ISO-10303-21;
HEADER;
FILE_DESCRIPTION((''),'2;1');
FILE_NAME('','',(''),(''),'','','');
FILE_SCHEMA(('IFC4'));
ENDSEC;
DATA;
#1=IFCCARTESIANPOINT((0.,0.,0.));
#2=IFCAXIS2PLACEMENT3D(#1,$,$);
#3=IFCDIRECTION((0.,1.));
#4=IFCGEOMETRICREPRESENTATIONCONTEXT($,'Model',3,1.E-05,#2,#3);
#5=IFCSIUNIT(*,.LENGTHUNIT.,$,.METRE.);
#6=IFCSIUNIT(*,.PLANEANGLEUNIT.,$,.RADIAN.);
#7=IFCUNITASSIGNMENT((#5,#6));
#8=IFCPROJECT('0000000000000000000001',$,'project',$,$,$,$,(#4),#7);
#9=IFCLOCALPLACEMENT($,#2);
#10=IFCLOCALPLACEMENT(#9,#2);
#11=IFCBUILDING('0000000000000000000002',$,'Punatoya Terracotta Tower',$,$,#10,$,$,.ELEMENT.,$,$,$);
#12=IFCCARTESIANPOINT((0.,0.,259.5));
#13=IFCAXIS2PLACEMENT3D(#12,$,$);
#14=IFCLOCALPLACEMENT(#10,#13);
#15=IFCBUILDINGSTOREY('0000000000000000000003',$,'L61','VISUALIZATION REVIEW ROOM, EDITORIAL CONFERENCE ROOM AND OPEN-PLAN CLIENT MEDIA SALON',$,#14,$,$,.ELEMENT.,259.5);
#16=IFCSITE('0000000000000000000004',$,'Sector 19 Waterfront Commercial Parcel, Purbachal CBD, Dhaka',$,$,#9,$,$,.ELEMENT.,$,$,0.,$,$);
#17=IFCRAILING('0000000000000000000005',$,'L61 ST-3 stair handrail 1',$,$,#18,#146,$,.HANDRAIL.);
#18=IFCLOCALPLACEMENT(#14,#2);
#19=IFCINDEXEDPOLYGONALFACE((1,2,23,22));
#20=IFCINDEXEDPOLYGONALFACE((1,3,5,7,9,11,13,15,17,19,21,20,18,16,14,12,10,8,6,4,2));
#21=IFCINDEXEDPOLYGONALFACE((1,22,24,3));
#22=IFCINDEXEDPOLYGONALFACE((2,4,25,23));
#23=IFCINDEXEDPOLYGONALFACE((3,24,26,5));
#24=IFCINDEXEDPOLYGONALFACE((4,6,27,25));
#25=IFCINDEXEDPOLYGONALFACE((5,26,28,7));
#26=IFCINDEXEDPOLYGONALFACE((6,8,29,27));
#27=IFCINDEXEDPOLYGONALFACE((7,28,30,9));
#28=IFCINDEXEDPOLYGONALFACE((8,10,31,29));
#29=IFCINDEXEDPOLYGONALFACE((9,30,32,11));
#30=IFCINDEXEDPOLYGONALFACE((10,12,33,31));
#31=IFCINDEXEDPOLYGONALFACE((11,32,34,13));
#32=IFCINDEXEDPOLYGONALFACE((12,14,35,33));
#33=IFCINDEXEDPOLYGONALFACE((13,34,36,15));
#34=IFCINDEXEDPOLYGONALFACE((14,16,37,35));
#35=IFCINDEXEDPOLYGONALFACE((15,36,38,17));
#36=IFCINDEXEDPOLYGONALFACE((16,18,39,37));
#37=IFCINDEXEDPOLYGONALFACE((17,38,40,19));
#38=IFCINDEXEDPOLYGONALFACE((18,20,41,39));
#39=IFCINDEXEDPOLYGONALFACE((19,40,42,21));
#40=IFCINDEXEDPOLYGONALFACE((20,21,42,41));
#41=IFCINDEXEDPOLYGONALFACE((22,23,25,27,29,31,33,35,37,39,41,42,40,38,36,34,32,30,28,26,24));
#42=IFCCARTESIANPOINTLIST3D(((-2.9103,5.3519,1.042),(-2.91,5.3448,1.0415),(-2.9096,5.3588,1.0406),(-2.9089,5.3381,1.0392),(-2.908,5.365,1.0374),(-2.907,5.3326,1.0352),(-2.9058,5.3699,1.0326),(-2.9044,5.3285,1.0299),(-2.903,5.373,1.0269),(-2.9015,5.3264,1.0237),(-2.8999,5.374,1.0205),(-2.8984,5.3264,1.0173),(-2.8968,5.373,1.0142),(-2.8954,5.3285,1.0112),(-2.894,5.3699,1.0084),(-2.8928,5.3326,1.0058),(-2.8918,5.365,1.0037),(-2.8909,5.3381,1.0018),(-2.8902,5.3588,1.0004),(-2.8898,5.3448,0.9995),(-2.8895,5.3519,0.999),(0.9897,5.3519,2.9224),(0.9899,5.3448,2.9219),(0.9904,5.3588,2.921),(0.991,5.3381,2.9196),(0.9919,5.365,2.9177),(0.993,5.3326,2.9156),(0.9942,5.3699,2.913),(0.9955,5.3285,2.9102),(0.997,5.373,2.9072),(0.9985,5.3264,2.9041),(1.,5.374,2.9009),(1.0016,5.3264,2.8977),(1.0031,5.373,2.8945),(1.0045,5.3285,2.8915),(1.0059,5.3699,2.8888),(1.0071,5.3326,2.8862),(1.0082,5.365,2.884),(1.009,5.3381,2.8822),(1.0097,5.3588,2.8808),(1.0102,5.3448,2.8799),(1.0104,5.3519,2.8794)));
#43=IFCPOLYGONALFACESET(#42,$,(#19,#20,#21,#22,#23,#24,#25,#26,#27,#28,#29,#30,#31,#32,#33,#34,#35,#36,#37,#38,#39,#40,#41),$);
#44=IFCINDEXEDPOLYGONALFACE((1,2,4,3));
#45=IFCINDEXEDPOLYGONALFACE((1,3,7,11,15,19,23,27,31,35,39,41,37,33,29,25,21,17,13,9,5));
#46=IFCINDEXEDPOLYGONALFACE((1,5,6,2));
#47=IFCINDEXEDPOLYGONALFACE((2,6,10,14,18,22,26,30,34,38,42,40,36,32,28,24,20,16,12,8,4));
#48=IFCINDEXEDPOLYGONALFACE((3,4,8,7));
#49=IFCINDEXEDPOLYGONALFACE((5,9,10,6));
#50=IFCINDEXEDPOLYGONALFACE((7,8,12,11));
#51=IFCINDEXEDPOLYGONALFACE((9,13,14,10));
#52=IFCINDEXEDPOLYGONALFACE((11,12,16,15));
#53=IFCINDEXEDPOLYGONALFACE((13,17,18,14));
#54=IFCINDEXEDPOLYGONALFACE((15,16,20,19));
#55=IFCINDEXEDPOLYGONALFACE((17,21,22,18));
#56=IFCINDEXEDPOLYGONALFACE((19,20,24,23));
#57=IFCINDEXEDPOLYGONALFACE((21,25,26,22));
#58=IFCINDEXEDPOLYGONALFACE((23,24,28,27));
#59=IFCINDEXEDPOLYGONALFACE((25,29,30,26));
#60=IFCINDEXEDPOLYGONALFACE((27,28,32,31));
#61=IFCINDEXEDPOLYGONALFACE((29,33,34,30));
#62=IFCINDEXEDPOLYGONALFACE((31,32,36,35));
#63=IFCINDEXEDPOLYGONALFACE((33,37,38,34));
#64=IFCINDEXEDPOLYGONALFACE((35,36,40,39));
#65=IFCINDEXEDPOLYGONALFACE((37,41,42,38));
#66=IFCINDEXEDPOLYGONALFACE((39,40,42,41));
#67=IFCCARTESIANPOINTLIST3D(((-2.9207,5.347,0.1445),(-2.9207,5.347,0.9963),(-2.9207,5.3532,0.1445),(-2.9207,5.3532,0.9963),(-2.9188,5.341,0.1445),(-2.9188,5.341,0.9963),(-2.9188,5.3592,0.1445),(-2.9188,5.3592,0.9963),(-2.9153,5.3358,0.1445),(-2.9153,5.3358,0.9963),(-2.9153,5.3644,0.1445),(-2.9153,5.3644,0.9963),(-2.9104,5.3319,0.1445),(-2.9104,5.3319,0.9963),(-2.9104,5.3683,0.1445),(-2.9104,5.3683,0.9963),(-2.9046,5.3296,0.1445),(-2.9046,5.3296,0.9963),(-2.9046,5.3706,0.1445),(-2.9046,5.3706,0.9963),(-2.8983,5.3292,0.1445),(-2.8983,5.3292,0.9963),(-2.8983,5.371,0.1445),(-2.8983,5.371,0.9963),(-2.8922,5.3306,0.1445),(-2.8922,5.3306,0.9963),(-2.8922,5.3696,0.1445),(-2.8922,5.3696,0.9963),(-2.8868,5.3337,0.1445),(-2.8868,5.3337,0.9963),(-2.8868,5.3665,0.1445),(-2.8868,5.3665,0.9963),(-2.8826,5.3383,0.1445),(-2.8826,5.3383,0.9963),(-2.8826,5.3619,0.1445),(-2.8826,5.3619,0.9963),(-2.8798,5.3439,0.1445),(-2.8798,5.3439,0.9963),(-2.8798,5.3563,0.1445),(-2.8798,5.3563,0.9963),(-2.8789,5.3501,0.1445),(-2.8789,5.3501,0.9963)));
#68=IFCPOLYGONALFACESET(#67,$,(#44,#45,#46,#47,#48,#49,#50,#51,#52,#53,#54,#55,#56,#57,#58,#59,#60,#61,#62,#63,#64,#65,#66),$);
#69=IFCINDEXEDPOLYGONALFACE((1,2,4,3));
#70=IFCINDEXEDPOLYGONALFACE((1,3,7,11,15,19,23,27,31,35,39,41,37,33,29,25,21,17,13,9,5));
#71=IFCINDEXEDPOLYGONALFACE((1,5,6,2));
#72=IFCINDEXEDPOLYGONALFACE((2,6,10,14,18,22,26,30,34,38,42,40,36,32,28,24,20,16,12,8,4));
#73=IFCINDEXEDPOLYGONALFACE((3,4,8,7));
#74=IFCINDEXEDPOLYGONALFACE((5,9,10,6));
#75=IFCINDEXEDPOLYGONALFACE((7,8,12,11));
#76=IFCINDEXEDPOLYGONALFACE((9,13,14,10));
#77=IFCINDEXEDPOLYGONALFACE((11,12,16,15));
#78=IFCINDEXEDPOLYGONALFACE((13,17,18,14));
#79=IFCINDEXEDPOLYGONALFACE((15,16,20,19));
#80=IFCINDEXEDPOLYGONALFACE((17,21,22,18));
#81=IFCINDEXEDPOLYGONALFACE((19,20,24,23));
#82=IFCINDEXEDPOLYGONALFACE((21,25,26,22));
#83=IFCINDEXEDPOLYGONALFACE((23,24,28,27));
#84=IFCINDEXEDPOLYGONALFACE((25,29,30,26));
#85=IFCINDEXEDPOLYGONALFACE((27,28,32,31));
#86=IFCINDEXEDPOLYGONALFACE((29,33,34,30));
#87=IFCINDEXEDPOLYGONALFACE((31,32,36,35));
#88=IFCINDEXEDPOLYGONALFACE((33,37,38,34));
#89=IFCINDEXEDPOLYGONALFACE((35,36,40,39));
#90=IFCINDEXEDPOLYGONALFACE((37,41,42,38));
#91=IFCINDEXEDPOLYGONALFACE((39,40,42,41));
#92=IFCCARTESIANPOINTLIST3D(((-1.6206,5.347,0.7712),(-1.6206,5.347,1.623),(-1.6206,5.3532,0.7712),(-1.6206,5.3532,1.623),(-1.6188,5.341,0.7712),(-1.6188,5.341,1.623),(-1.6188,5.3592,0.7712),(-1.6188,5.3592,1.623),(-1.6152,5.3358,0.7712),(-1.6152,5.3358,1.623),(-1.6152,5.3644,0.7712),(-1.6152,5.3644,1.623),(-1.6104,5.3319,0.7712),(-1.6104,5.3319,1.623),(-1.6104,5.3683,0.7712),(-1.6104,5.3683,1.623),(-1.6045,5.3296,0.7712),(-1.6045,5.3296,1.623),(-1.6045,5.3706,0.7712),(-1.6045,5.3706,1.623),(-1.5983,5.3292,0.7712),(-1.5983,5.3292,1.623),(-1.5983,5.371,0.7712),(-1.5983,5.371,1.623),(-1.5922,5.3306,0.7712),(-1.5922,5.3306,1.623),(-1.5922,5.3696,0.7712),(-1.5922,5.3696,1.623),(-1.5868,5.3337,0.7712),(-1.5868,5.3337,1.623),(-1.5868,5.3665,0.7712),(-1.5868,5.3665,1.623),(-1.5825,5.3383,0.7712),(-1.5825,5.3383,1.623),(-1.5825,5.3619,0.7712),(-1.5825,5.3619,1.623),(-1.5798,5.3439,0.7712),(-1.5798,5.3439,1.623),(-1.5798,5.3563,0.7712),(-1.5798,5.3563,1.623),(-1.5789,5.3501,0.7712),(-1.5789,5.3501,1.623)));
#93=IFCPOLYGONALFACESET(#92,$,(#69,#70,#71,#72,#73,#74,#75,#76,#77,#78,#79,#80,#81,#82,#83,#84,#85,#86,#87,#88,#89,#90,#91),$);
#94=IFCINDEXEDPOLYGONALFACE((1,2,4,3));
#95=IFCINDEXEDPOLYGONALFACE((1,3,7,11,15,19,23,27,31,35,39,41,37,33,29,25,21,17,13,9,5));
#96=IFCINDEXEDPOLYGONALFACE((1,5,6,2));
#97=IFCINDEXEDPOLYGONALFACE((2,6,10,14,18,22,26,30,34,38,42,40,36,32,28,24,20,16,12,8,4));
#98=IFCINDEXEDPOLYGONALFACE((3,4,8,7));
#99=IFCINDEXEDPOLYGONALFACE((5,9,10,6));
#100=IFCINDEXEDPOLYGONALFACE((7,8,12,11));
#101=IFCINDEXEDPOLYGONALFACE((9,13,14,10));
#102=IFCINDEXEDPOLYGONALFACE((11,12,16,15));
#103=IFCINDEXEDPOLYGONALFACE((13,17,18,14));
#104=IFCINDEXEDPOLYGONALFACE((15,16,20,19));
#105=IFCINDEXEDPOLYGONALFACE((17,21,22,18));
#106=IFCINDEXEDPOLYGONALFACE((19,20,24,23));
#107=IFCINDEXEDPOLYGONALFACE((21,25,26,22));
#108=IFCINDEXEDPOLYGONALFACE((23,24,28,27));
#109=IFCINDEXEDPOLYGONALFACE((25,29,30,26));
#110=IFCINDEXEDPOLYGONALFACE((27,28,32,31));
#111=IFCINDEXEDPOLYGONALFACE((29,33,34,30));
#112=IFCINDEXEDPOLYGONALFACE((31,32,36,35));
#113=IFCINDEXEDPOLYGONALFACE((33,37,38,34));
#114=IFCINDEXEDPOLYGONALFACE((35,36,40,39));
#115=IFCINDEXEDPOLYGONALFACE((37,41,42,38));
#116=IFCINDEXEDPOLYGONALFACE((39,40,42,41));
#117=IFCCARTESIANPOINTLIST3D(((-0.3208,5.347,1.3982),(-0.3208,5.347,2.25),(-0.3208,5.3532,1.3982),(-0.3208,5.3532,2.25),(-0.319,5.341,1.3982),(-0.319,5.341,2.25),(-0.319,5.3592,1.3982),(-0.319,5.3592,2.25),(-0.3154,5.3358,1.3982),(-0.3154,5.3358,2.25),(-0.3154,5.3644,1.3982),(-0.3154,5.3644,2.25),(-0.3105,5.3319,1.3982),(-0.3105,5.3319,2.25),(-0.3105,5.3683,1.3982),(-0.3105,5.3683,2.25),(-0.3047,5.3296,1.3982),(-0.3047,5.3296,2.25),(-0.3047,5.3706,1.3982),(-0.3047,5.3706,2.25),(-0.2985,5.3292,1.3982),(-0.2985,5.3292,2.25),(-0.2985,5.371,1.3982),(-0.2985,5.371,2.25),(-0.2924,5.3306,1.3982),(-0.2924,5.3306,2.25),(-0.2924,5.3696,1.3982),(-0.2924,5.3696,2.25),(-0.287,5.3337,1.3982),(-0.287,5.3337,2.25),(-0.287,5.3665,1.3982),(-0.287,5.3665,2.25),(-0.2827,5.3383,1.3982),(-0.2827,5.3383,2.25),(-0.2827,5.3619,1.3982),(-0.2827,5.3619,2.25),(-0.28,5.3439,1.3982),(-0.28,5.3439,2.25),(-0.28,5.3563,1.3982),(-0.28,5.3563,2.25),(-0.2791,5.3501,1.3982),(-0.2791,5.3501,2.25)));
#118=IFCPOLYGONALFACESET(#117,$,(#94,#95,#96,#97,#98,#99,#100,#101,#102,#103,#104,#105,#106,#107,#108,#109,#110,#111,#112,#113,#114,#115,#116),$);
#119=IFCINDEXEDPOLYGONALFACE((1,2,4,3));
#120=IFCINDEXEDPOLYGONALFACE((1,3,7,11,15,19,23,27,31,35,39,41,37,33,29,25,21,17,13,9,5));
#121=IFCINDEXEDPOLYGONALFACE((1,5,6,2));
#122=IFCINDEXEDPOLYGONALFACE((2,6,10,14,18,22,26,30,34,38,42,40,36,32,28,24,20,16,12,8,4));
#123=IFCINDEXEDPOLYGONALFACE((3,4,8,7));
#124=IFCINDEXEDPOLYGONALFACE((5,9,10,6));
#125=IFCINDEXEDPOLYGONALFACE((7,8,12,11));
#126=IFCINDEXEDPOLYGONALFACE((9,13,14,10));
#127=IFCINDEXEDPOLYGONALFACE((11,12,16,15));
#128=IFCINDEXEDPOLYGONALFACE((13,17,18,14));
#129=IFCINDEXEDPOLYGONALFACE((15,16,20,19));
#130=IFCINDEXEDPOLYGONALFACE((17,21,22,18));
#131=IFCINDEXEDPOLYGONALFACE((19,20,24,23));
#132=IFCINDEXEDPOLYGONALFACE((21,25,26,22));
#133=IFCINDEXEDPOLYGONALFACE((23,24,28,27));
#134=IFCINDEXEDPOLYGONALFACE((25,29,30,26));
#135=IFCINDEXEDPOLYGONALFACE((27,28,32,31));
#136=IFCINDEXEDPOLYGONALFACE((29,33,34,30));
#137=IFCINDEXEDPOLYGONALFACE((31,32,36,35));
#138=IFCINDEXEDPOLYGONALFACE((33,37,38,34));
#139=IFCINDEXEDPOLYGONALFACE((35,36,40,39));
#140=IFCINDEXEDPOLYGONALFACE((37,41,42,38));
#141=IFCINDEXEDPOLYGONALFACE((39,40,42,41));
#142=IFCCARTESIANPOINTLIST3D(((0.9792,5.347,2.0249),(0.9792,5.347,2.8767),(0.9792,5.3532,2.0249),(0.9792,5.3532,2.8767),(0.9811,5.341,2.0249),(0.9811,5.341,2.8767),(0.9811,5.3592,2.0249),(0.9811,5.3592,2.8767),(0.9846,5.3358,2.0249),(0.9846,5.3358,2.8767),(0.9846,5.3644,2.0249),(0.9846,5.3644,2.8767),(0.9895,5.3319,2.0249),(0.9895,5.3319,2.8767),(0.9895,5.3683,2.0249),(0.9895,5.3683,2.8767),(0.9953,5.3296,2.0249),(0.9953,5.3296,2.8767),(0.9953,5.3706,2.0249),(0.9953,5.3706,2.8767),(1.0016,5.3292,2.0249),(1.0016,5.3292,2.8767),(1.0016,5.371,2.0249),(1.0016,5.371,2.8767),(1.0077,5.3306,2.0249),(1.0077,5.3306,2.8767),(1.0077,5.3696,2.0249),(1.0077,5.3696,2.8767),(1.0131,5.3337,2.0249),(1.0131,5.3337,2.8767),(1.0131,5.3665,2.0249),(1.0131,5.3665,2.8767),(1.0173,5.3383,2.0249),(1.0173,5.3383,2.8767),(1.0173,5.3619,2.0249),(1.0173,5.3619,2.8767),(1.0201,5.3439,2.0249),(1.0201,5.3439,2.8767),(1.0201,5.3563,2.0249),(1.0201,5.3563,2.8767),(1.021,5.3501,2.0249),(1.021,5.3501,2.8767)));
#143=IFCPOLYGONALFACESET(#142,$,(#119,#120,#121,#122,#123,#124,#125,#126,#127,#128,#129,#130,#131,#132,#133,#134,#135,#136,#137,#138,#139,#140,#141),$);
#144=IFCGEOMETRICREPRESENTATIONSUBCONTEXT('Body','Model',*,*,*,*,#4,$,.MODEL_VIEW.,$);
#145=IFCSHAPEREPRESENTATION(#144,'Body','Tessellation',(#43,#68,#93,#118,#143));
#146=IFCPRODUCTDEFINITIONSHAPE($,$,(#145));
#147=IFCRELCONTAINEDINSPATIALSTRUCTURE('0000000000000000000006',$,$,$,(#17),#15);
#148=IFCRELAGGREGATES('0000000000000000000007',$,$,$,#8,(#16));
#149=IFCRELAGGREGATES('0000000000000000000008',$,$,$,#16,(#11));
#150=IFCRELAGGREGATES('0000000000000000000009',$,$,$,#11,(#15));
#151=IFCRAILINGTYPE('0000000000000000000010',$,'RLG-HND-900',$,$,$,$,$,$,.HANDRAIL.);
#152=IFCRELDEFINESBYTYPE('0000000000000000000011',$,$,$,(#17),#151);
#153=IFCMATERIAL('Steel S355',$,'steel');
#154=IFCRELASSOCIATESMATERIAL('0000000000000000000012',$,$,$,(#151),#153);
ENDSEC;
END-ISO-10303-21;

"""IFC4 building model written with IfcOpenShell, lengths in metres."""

from ifc_helpers import new_model, si_unit, direction, frame, origin, origin_2d, place, context, subcontext, project, spatial, circle, extrude, material, type_object, element, save


model = new_model("IFC4")

# Units and contexts
model_context = context("Model", 3, precision=1e-05, world=origin(), true_north=direction((0.0, 1.0)))
body_context = subcontext(model_context, "Body", "Model", "MODEL_VIEW")
ifc_project = project(units=[si_unit("LENGTHUNIT", "METRE"), si_unit("PLANEANGLEUNIT", "RADIAN")], contexts=[model_context])

# Site, building, storey
site_placement = place(None, origin())
site = spatial("IfcSite", under=ifc_project, at=site_placement, Name="Sector 19 Waterfront Commercial Parcel, Purbachal CBD, Dhaka", CompositionType="ELEMENT", RefElevation=0.0)
building_placement = place(site_placement, origin())
building = spatial("IfcBuilding", under=site, at=building_placement, Name="Punatoya Terracotta Tower", CompositionType="ELEMENT")
storey_placement = place(building_placement, frame((0.0, 0.0, 259.5)))
storey = spatial("IfcBuildingStorey", under=building, at=storey_placement, Name="L61", Description="VISUALIZATION REVIEW ROOM, EDITORIAL CONFERENCE ROOM AND OPEN-PLAN CLIENT MEDIA SALON", CompositionType="ELEMENT", Elevation=259.5)

# Shared definitions
ifc_material_1 = material(Name="Steel S355", Category="steel")

# Railing
railing_type_1 = type_object("IfcRailingType", Name="RLG-HND-900", PredefinedType="HANDRAIL", material=ifc_material_1)
railing_1_placement = place(storey_placement, frame((-2.8999, 5.3501, 0.1445)))
element("IfcRailing", 1, at=railing_1_placement, inside=storey, type_object=railing_type_1, Name="L61 ST-3 stair handrail 1", PredefinedType="HANDRAIL", context=body_context, shape_type="SweptSolid", body=[
    extrude(circle(Radius=0.0239, at=origin_2d()), frame((0.0, 0.0, 0.876), z_axis=(0.900763, 0.0, 0.434311), x_axis=(0.0, 1.0, 0.0)), (0.0, 0.0, 1.0), 4.3296),
    extrude(circle(Radius=0.021, at=origin_2d()), origin(), (0.0, 0.0, 1.0), 0.8518),
    extrude(circle(Radius=0.021, at=origin_2d()), frame((1.3, 0.0, 0.6267)), (0.0, 0.0, 1.0), 0.8518),
    extrude(circle(Radius=0.021, at=origin_2d()), frame((2.5999, 0.0, 1.2537)), (0.0, 0.0, 1.0), 0.8518),
    extrude(circle(Radius=0.021, at=origin_2d()), frame((3.8999, 0.0, 1.8804)), (0.0, 0.0, 1.0), 0.8518),
])

save(model, "model.ifc")
